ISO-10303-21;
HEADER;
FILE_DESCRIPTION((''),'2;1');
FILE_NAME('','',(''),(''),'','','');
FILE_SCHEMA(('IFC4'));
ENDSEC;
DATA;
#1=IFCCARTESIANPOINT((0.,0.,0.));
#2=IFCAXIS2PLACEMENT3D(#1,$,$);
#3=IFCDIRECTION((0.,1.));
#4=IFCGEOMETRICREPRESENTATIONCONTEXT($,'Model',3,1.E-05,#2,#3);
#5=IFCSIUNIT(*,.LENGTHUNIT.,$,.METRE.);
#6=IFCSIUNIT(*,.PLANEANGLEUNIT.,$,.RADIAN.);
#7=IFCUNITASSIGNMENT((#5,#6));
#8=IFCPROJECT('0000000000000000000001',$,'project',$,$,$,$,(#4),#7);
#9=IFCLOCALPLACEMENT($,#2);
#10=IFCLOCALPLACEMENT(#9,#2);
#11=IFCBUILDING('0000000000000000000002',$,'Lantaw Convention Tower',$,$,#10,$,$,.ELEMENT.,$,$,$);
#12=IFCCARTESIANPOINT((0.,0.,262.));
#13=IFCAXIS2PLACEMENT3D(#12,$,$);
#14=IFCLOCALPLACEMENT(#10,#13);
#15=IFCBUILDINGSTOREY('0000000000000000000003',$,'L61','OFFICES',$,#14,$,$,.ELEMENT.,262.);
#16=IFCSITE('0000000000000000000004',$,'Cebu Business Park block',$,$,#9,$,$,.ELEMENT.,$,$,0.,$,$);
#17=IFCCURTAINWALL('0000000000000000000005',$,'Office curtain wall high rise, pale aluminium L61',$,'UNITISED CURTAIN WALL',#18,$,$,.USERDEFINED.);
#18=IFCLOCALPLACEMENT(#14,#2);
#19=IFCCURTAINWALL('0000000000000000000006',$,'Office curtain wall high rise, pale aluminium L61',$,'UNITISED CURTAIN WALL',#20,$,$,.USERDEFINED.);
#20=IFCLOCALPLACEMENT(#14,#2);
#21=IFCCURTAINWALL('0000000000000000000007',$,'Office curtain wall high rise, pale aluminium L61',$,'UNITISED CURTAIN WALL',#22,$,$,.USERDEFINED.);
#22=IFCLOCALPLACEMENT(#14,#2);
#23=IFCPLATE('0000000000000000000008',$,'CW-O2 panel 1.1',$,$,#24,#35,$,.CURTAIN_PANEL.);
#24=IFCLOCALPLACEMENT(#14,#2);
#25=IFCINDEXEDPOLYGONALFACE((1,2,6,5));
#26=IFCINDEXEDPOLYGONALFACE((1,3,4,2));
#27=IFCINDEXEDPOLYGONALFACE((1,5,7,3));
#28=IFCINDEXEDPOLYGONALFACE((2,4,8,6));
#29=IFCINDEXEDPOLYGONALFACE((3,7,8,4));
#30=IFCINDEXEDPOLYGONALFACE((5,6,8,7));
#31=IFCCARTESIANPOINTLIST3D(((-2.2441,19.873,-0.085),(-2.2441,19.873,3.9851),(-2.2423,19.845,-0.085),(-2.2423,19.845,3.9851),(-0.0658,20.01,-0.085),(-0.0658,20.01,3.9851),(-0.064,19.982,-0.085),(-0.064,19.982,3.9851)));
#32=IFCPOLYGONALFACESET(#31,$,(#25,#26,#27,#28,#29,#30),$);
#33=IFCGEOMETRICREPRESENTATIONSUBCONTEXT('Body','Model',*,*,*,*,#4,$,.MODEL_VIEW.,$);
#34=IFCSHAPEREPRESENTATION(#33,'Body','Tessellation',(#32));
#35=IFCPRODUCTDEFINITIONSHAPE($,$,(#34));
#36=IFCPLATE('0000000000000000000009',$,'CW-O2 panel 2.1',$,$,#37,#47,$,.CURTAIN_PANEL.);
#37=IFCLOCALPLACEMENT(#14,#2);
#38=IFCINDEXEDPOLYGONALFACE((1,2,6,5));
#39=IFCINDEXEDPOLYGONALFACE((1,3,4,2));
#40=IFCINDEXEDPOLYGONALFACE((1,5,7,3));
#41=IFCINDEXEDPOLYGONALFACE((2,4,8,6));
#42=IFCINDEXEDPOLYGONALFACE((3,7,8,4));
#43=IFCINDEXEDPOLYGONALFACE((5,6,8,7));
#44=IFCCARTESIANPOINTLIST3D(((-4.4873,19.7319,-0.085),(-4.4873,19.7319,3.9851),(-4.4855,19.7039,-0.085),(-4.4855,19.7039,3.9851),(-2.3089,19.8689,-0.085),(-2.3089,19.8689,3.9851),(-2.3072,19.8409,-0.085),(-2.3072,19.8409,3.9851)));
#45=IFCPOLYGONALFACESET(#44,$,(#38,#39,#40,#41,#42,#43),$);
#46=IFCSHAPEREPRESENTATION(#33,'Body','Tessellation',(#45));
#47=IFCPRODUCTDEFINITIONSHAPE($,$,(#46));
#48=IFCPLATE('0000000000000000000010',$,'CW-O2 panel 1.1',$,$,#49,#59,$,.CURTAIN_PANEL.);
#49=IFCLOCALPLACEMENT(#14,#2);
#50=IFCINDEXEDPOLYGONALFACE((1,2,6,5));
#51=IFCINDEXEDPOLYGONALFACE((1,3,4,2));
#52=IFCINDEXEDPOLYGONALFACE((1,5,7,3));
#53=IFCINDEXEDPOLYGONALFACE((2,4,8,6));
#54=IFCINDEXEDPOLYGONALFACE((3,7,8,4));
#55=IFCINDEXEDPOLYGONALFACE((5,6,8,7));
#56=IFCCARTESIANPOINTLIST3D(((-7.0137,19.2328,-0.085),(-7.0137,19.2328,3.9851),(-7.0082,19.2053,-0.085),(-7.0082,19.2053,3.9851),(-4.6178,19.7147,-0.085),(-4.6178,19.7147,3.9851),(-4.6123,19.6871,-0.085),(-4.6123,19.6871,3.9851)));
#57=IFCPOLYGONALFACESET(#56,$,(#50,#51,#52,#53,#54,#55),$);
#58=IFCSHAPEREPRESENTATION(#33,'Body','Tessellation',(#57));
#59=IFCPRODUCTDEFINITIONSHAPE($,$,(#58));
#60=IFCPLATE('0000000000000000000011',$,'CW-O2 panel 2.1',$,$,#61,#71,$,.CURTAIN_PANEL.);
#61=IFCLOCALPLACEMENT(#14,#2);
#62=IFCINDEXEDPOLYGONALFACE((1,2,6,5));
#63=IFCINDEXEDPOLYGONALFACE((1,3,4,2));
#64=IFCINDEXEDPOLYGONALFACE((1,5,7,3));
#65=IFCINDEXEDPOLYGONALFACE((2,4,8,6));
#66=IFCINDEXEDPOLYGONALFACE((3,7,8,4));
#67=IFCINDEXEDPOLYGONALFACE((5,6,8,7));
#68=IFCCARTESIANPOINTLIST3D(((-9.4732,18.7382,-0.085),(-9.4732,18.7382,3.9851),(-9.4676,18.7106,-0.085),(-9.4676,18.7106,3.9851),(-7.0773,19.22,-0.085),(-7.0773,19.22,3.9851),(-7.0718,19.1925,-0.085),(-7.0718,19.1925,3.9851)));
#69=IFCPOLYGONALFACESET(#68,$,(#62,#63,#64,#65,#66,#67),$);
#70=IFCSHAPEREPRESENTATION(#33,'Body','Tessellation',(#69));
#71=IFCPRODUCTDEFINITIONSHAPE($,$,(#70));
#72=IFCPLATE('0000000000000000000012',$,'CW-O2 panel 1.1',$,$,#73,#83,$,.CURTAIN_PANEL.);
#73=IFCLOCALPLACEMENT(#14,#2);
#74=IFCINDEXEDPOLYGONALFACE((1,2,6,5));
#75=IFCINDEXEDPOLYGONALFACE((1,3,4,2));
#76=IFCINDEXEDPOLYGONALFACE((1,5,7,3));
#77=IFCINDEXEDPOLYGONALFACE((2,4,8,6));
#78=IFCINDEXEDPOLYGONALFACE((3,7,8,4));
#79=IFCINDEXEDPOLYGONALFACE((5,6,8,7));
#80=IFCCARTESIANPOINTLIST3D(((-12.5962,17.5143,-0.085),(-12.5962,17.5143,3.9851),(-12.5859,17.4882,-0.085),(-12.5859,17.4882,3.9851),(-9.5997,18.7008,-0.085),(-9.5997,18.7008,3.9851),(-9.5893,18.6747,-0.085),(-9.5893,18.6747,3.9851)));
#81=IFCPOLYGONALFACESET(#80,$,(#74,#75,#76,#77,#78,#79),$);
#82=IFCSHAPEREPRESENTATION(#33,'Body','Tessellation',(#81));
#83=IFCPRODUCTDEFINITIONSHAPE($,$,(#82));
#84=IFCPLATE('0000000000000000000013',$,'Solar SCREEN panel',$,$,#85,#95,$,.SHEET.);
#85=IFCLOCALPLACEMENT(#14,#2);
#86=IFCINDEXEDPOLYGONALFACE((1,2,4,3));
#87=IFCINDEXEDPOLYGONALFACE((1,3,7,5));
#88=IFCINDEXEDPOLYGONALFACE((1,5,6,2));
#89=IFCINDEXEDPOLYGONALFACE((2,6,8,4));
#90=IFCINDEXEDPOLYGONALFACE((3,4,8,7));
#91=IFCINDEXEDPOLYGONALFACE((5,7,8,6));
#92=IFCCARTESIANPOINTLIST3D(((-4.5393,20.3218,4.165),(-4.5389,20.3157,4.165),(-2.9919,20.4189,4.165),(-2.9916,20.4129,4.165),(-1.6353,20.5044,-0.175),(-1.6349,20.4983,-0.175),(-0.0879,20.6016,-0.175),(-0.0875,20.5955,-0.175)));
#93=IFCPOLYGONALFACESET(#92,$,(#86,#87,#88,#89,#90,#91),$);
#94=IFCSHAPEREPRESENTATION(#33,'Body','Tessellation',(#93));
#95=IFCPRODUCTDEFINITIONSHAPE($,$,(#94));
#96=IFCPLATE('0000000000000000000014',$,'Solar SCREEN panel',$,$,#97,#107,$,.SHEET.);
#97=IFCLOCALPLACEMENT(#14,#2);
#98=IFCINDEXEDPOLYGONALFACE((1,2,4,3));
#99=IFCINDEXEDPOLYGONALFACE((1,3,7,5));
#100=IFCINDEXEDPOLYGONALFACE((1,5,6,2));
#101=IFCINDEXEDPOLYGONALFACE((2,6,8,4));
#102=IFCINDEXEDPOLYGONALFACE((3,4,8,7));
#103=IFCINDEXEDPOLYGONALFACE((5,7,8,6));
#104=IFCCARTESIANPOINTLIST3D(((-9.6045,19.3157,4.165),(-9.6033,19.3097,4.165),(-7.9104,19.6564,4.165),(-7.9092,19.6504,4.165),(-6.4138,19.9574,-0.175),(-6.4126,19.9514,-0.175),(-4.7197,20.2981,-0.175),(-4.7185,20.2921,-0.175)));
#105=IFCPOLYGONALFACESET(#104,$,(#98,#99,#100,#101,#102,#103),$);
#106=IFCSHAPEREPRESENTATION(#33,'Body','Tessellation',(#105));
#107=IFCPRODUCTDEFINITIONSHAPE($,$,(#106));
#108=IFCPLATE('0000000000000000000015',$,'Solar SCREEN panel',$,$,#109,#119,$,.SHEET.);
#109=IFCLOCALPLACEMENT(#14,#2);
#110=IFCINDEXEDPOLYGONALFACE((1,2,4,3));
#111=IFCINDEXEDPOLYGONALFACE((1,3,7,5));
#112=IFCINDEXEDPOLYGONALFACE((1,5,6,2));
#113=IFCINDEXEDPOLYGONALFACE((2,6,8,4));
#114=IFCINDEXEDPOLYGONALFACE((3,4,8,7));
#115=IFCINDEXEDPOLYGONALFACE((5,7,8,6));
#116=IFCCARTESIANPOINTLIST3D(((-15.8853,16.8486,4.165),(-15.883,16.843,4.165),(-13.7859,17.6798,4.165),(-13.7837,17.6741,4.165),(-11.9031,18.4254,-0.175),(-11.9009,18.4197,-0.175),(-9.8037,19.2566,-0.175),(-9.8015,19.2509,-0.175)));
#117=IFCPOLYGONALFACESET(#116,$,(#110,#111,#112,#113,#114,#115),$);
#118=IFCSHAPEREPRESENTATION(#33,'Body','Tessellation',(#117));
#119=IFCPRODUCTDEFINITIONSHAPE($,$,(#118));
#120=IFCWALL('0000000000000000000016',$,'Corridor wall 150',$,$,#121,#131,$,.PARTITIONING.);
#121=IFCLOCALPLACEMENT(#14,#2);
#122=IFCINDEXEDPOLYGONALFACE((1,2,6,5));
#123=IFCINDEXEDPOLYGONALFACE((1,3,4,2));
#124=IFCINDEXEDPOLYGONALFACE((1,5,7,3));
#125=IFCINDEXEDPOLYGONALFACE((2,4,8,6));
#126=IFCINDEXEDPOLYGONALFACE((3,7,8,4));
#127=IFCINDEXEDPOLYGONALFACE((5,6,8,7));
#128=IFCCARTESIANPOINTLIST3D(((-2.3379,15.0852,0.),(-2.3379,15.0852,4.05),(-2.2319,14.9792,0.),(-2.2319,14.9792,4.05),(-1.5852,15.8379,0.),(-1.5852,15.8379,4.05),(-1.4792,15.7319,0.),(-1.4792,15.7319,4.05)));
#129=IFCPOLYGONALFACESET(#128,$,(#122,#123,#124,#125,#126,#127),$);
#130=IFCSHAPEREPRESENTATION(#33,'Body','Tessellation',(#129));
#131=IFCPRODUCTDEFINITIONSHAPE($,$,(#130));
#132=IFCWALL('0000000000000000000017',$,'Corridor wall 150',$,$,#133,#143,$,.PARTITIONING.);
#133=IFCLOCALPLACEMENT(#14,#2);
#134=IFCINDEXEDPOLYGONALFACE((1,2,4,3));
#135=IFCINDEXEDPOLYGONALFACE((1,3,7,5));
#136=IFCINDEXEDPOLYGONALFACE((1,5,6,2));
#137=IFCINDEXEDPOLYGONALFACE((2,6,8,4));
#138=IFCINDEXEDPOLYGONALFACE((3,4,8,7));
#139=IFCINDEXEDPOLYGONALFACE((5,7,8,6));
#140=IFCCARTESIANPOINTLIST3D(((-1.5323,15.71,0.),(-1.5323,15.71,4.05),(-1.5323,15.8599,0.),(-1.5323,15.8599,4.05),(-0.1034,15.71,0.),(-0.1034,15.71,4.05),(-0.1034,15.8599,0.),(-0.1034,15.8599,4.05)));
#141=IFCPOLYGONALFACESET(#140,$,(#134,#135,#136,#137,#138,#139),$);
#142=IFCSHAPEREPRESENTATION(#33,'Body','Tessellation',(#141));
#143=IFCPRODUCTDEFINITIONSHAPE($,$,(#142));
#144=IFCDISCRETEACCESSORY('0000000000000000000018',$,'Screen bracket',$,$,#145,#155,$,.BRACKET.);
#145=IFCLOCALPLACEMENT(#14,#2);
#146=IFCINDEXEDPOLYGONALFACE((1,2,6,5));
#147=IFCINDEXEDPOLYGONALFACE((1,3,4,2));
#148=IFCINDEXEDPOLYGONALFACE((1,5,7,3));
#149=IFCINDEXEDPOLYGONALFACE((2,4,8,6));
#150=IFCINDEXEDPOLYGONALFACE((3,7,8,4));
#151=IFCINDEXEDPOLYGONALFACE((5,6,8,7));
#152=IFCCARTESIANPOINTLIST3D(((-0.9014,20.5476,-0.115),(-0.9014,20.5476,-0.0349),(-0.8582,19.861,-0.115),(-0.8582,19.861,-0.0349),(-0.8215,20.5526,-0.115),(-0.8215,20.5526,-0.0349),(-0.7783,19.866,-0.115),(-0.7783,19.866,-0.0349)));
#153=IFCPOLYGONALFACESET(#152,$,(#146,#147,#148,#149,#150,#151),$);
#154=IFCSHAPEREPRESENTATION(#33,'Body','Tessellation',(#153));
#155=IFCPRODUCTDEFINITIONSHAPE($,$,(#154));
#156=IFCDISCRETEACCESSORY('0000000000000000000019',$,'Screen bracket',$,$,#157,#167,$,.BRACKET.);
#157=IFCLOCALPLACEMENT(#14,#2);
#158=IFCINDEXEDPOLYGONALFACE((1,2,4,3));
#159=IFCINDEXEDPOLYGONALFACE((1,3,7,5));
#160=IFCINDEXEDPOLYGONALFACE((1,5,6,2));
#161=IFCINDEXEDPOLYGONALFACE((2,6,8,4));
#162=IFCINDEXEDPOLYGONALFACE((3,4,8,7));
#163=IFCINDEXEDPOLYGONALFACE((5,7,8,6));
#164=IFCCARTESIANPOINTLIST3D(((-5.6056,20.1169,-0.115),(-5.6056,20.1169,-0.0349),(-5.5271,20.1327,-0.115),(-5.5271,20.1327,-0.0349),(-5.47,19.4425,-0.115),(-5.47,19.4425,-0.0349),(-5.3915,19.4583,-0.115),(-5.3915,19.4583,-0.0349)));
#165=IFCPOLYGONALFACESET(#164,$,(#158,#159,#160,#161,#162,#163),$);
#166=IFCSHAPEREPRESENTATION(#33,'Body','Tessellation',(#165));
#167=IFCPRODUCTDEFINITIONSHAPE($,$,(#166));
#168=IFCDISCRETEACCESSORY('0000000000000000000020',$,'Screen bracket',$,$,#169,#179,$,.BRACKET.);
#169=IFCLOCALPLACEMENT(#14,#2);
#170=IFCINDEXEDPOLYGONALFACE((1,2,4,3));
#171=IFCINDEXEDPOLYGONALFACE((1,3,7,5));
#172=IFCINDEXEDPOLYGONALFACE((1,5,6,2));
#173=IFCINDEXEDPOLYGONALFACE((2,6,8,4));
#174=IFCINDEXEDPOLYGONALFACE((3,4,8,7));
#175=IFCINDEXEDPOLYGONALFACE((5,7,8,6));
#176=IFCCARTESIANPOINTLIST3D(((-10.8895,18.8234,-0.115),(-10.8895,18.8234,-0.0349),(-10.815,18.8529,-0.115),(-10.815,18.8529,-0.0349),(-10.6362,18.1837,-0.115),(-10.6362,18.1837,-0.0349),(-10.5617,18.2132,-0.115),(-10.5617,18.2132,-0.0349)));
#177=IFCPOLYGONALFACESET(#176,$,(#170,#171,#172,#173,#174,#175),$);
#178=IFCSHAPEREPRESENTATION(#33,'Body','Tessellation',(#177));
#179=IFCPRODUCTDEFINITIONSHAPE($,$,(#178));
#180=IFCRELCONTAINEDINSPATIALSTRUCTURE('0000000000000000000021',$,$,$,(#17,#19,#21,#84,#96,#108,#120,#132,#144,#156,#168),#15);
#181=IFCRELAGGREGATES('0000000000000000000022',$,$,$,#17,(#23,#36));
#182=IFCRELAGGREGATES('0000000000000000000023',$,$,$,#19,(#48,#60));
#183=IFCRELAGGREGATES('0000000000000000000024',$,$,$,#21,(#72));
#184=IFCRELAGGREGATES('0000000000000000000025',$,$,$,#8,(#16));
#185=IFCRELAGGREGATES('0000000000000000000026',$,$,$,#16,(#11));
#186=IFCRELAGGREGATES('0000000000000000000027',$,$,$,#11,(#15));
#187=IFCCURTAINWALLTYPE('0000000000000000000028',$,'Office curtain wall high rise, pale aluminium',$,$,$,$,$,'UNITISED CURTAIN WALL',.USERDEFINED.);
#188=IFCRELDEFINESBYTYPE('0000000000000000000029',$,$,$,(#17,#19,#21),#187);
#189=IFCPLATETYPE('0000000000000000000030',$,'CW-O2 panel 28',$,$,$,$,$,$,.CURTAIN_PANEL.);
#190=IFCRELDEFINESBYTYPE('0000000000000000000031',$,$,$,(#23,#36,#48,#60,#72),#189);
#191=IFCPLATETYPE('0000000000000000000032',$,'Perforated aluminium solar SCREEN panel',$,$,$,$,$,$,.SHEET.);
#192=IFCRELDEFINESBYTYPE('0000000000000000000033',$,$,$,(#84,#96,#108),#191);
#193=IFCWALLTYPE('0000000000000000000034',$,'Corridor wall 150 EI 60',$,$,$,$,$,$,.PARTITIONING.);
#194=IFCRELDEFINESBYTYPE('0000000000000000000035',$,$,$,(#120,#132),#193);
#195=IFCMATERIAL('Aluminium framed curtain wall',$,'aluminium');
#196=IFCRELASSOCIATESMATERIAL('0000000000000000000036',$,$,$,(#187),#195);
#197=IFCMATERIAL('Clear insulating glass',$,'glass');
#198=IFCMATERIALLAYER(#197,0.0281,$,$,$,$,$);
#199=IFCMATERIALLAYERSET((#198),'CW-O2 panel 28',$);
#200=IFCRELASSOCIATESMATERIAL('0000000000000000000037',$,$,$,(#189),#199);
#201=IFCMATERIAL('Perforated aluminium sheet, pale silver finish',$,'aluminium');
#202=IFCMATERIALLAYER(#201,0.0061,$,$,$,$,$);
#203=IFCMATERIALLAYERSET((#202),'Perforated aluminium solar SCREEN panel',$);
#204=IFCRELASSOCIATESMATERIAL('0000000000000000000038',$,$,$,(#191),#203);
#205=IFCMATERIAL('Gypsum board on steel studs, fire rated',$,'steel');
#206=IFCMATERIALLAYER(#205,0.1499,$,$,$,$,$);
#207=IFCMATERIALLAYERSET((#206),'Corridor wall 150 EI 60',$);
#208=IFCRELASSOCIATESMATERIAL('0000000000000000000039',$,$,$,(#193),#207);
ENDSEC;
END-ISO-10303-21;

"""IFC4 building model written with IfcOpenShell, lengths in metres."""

from ifc_helpers import new_model, si_unit, direction, frame, frame_2d, origin, origin_2d, place, context, subcontext, project, spatial, polyline, rectangle, outline, extrude, material, layer, layer_set, type_object, element, aggregate, save


model = new_model("IFC4")

# Units and contexts
model_context = context("Model", 3, precision=1e-05, world=origin(), true_north=direction((0.0, 1.0)))
body_context = subcontext(model_context, "Body", "Model", "MODEL_VIEW")
ifc_project = project(units=[si_unit("LENGTHUNIT", "METRE"), si_unit("PLANEANGLEUNIT", "RADIAN")], contexts=[model_context])

# Site, building, storey
site_placement = place(None, origin())
site = spatial("IfcSite", under=ifc_project, at=site_placement, Name="Cebu Business Park block", CompositionType="ELEMENT", RefElevation=0.0)
building_placement = place(site_placement, origin())
building = spatial("IfcBuilding", under=site, at=building_placement, Name="Lantaw Convention Tower", CompositionType="ELEMENT")
storey_placement = place(building_placement, frame((0.0, 0.0, 262.0)))
storey = spatial("IfcBuildingStorey", under=building, at=storey_placement, Name="L61", Description="OFFICES", CompositionType="ELEMENT", Elevation=262.0)

# Curtain walls
ifc_material_1 = material(Name="Aluminium framed curtain wall", Category="aluminium")
curtain_wall_type = type_object("IfcCurtainWallType", Name="Office curtain wall high rise, pale aluminium", ElementType="UNITISED CURTAIN WALL", PredefinedType="USERDEFINED", material=ifc_material_1)
curtain_wall_1_placement = place(storey_placement, origin())
curtain_wall_1 = element("IfcCurtainWall", 1, at=curtain_wall_1_placement, inside=storey, type_object=curtain_wall_type, Name="Office curtain wall high rise, pale aluminium L61", ObjectType="UNITISED CURTAIN WALL", PredefinedType="USERDEFINED")
curtain_wall_2_placement = place(storey_placement, origin())
curtain_wall_2 = element("IfcCurtainWall", 2, at=curtain_wall_2_placement, inside=storey, type_object=curtain_wall_type, Name="Office curtain wall high rise, pale aluminium L61", ObjectType="UNITISED CURTAIN WALL", PredefinedType="USERDEFINED")

# Curtain wall
curtain_wall_3_placement = place(storey_placement, origin())
curtain_wall_3 = element("IfcCurtainWall", 3, at=curtain_wall_3_placement, inside=storey, type_object=curtain_wall_type, Name="Office curtain wall high rise, pale aluminium L61", ObjectType="UNITISED CURTAIN WALL", PredefinedType="USERDEFINED")

# Plates
ifc_material_2 = material(Name="Clear insulating glass", Category="glass")
ifc_layer_1 = layer(ifc_material_2, 0.0281)
ifc_layer_set_1 = layer_set([ifc_layer_1], Name="CW-O2 panel 28")
plate_type_1 = type_object("IfcPlateType", Name="CW-O2 panel 28", PredefinedType="CURTAIN_PANEL", material=ifc_layer_set_1)
plate_1_placement = place(storey_placement, frame((-1.1541, 19.9275, -0.085), z_axis=(0.0, 0.0, 1.0), x_axis=(-0.998029, -0.062758, 0.0)))
plate_1 = element("IfcPlate", 4, at=plate_1_placement, type_object=plate_type_1, Name="CW-O2 panel 1.1", PredefinedType="CURTAIN_PANEL", context=body_context, shape_type="SweptSolid", body=[
    extrude(rectangle(XDim=2.1826, YDim=0.0281, at=origin_2d()), origin(), (0.0, 0.0, 1.0), 4.0701),
])
plate_2_placement = place(storey_placement, frame((-3.3972, 19.7864, -0.085), z_axis=(0.0, 0.0, 1.0), x_axis=(-0.998029, -0.062758, 0.0)))
plate_2 = element("IfcPlate", 5, at=plate_2_placement, type_object=plate_type_1, Name="CW-O2 panel 2.1", PredefinedType="CURTAIN_PANEL", context=body_context, shape_type="SweptSolid", body=[
    extrude(rectangle(XDim=2.1826, YDim=0.0281, at=origin_2d()), origin(), (0.0, 0.0, 1.0), 4.0701),
])
aggregate(curtain_wall_1, [plate_1, plate_2])
plate_3_placement = place(storey_placement, frame((-5.813, 19.46, -0.085), z_axis=(0.0, 0.0, 1.0), x_axis=(-0.980367, -0.197183, 0.0)))
plate_3 = element("IfcPlate", 6, at=plate_3_placement, type_object=plate_type_1, Name="CW-O2 panel 1.1", PredefinedType="CURTAIN_PANEL", context=body_context, shape_type="SweptSolid", body=[
    extrude(rectangle(XDim=2.4438, YDim=0.0281, at=origin_2d()), origin(), (0.0, 0.0, 1.0), 4.0701),
])
plate_4_placement = place(storey_placement, frame((-8.2725, 18.9653, -0.085), z_axis=(0.0, 0.0, 1.0), x_axis=(-0.980367, -0.197183, 0.0)))
plate_4 = element("IfcPlate", 7, at=plate_4_placement, type_object=plate_type_1, Name="CW-O2 panel 2.1", PredefinedType="CURTAIN_PANEL", context=body_context, shape_type="SweptSolid", body=[
    extrude(rectangle(XDim=2.4438, YDim=0.0281, at=origin_2d()), origin(), (0.0, 0.0, 1.0), 4.0701),
])
aggregate(curtain_wall_2, [plate_3, plate_4])
plate_5_placement = place(storey_placement, frame((-11.0928, 18.0945, -0.085), z_axis=(0.0, 0.0, 1.0), x_axis=(-0.929762, -0.368162, 0.0)))
plate_5 = element("IfcPlate", 8, at=plate_5_placement, type_object=plate_type_1, Name="CW-O2 panel 1.1", PredefinedType="CURTAIN_PANEL", context=body_context, shape_type="SweptSolid", body=[
    extrude(rectangle(XDim=3.2229, YDim=0.0281, at=origin_2d()), origin(), (0.0, 0.0, 1.0), 4.0701),
])
aggregate(curtain_wall_3, [plate_5])

# Plates
ifc_material_3 = material(Name="Perforated aluminium sheet, pale silver finish", Category="aluminium")
ifc_layer_2 = layer(ifc_material_3, 0.0061)
ifc_layer_set_2 = layer_set([ifc_layer_2], Name="Perforated aluminium solar SCREEN panel")
plate_type_2 = type_object("IfcPlateType", Name="Perforated aluminium solar SCREEN panel", PredefinedType="SHEET", material=ifc_layer_set_2)
plate_6_placement = place(storey_placement, frame((-0.0879, 20.6016, -0.175), z_axis=(-0.062672, 0.998034, 0.000059), x_axis=(-0.998034, -0.062672, 0.0)))
element("IfcPlate", 9, at=plate_6_placement, inside=storey, type_object=plate_type_2, Name="Solar SCREEN panel", PredefinedType="SHEET", context=body_context, shape_type="SweptSolid", body=[
    extrude(outline(polyline([(0.0, 0.0), (1.5504, 0.0), (4.4602, 4.3401), (2.9098, 4.3401), (0.0, 0.0)])), origin(), (0.0, 0.0, -1.0), 0.0061),
])
plate_7_placement = place(storey_placement, frame((-4.7197, 20.2981, -0.175), z_axis=(-0.197162, 0.980371, 0.000011), x_axis=(-0.980371, -0.197162, 0.0)))
element("IfcPlate", 10, at=plate_7_placement, inside=storey, type_object=plate_type_2, Name="Solar SCREEN panel", PredefinedType="SHEET", context=body_context, shape_type="SweptSolid", body=[
    extrude(outline(polyline([(0.0, 0.0), (1.728, 0.0), (4.9826, 4.3401), (3.2546, 4.3401), (0.0, 0.0)])), origin(), (0.0, 0.0, -1.0), 0.0061),
])
plate_8_placement = place(storey_placement, frame((-9.8037, 19.2566, -0.175), z_axis=(-0.368117, 0.92978, 0.000036), x_axis=(-0.92978, -0.368117, 0.0)))
element("IfcPlate", 11, at=plate_8_placement, inside=storey, type_object=plate_type_2, Name="Solar SCREEN panel", PredefinedType="SHEET", context=body_context, shape_type="SweptSolid", body=[
    extrude(outline(polyline([(0.0, 0.0), (2.258, 0.0), (6.5409, 4.3401), (4.283, 4.3401), (0.0, 0.0)])), origin(), (0.0, 0.0, -1.0), 0.0061),
])

# Walls
ifc_material_4 = material(Name="Gypsum board on steel studs, fire rated", Category="steel")
ifc_layer_3 = layer(ifc_material_4, 0.1499)
ifc_layer_set_3 = layer_set([ifc_layer_3], Name="Corridor wall 150 EI 60")
wall_type = type_object("IfcWallType", Name="Corridor wall 150 EI 60", PredefinedType="PARTITIONING", material=ifc_layer_set_3)
wall_1_placement = place(storey_placement, frame((-2.2849, 15.0322, 0.0), z_axis=(0.0, 0.0, 1.0), x_axis=(0.707107, 0.707107, 0.0)))
element("IfcWall", 12, at=wall_1_placement, inside=storey, type_object=wall_type, Name="Corridor wall 150", PredefinedType="PARTITIONING", context=body_context, shape_type="SweptSolid", body=[
    extrude(rectangle(XDim=1.0645, YDim=0.1499, at=frame_2d((0.5322, 0.0))), origin(), (0.0, 0.0, 1.0), 4.05),
])
wall_2_placement = place(storey_placement, frame((-1.5322, 15.7849, 0.0), z_axis=(0.0, 0.0, 1.0), x_axis=(1.0, 0.0, 0.0)))
element("IfcWall", 13, at=wall_2_placement, inside=storey, type_object=wall_type, Name="Corridor wall 150", PredefinedType="PARTITIONING", context=body_context, shape_type="SweptSolid", body=[
    extrude(rectangle(XDim=1.429, YDim=0.1499, at=frame_2d((0.7144, 0.0))), origin(), (0.0, 0.0, 1.0), 4.05),
])

# Discrete accessories
for number, where, z_axis, x_axis, name in (
    (14, (-0.8398, 20.2068, -0.115), (0.0, 0.0, 1.0), (-0.998029, -0.062758, 0.0), "Screen bracket"),
    (15, (-5.4985, 19.7876, -0.115), (0.0, 0.0, 1.0), (-0.980367, -0.197183, 0.0), "Screen bracket"),
    (16, (-10.7256, 18.5183, -0.115), (0.0, 0.0, 1.0), (-0.929762, -0.368162, 0.0), "Screen bracket"),
):
    element("IfcDiscreteAccessory", number, at=place(storey_placement, frame(where, z_axis=z_axis, x_axis=x_axis)), inside=storey, Name=name, PredefinedType="BRACKET", context=body_context, shape_type="SweptSolid", body=[
        extrude(rectangle(XDim=0.0801, YDim=0.688, at=origin_2d()), origin(), (0.0, 0.0, 1.0), 0.0801),
    ])

save(model, "model.ifc")
